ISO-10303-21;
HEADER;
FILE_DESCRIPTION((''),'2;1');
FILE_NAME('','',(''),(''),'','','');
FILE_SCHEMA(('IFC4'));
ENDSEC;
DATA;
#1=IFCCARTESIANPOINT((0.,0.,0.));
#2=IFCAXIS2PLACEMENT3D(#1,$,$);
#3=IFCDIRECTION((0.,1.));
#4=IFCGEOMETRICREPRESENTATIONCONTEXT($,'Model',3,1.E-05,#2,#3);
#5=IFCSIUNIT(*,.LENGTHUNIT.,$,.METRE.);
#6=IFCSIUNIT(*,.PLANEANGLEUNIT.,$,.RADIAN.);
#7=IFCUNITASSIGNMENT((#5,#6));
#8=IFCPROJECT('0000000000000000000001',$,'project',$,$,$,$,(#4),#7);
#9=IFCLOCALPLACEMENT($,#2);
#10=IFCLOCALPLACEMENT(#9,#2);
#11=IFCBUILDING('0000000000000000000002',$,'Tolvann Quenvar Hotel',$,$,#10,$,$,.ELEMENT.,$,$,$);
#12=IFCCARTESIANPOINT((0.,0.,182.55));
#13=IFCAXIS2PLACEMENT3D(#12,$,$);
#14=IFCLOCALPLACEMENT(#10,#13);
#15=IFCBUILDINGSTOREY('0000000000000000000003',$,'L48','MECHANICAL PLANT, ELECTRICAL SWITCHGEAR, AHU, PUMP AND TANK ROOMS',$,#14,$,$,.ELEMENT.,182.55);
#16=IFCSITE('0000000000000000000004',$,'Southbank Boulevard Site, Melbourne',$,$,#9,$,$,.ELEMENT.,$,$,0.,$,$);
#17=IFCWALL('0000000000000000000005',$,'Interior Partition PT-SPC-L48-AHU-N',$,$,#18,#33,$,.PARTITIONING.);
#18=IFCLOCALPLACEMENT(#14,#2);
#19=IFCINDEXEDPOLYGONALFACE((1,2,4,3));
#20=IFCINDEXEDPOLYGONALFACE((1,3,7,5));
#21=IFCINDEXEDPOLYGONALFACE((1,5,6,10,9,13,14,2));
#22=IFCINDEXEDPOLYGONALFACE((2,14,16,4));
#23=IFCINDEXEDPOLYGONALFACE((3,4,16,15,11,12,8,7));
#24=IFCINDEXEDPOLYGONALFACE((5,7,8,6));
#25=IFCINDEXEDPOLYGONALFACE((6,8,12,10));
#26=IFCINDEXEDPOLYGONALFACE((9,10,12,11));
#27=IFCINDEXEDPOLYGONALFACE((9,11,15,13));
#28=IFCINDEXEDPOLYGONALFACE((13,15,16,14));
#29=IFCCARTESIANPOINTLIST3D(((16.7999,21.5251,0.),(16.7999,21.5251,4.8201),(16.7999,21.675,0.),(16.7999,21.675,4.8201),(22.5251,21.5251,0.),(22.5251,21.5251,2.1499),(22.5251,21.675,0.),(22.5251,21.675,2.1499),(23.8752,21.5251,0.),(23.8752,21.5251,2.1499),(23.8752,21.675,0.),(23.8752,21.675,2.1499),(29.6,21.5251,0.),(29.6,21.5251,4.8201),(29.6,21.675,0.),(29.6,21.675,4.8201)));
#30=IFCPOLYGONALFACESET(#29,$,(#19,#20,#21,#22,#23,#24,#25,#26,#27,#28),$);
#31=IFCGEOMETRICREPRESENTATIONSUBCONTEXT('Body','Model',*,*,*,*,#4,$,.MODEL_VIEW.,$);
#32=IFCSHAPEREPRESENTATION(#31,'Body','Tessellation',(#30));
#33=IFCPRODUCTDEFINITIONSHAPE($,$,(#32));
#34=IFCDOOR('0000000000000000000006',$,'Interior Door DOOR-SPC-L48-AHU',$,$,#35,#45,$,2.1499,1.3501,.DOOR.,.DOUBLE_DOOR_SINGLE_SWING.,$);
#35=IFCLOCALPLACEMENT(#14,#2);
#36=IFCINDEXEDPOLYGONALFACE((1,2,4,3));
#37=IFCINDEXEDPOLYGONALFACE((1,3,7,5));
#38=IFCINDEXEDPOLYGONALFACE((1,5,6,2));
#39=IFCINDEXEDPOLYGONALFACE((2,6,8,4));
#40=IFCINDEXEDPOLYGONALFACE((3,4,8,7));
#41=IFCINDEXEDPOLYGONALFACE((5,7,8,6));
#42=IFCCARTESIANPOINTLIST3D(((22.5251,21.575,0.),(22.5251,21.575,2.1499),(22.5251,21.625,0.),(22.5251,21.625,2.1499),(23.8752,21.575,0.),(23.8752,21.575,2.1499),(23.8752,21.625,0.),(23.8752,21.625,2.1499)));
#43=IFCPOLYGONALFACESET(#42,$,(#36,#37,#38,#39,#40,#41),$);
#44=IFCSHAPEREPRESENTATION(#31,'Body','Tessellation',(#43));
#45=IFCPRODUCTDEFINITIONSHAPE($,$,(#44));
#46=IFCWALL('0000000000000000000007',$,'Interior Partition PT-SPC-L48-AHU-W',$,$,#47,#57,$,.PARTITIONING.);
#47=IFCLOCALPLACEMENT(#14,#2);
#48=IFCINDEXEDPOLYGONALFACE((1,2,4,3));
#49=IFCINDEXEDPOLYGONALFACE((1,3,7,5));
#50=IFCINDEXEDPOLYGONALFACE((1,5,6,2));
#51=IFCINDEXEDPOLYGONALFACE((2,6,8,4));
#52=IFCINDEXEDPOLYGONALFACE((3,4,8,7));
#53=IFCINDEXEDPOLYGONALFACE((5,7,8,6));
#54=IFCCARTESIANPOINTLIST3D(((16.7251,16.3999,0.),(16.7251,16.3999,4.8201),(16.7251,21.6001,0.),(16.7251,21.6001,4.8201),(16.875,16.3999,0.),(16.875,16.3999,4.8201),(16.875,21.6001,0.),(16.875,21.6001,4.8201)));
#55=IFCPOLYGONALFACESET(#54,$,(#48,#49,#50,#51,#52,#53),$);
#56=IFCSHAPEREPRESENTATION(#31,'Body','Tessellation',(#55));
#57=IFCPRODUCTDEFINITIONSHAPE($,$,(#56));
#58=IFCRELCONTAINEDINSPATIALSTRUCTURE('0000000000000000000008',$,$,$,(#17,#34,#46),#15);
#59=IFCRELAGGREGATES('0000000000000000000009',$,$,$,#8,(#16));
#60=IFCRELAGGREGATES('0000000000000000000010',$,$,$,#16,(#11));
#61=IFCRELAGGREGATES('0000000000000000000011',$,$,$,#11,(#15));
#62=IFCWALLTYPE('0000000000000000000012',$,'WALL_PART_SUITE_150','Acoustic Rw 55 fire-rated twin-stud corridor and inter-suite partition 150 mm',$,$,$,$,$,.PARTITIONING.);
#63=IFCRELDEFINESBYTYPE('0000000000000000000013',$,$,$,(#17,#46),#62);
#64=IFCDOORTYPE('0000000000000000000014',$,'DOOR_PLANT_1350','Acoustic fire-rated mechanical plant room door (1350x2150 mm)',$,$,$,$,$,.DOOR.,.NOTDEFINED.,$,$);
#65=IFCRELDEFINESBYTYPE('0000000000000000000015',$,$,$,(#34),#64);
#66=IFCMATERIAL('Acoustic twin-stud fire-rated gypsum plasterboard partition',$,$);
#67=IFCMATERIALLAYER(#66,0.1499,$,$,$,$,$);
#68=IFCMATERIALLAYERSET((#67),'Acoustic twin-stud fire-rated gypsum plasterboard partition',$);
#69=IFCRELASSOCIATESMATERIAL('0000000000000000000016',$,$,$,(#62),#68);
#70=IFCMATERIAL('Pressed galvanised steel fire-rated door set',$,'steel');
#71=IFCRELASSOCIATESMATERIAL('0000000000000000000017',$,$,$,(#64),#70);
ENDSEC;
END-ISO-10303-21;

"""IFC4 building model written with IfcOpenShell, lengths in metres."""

from ifc_helpers import new_model, si_unit, direction, frame, frame_2d, origin, place, context, subcontext, project, spatial, rectangle, extrude, source, transform, mapped, material, layer, layer_set, type_object, type_shapes, element, fill, save


model = new_model("IFC4")

# Units and contexts
model_context = context("Model", 3, precision=1e-05, world=origin(), true_north=direction((0.0, 1.0)))
body_context = subcontext(model_context, "Body", "Model", "MODEL_VIEW")
ifc_project = project(units=[si_unit("LENGTHUNIT", "METRE"), si_unit("PLANEANGLEUNIT", "RADIAN")], contexts=[model_context])

# Site, building, storey
site_placement = place(None, origin())
site = spatial("IfcSite", under=ifc_project, at=site_placement, Name="Southbank Boulevard Site, Melbourne", CompositionType="ELEMENT", RefElevation=0.0)
building_placement = place(site_placement, origin())
building = spatial("IfcBuilding", under=site, at=building_placement, Name="Tolvann Quenvar Hotel", CompositionType="ELEMENT")
storey_placement = place(building_placement, frame((0.0, 0.0, 182.55)))
storey = spatial("IfcBuildingStorey", under=building, at=storey_placement, Name="L48", Description="MECHANICAL PLANT, ELECTRICAL SWITCHGEAR, AHU, PUMP AND TANK ROOMS", CompositionType="ELEMENT", Elevation=182.55)

# Shared definitions
ifc_material_1 = material(Name="Acoustic twin-stud fire-rated gypsum plasterboard partition")
ifc_layer_1 = layer(ifc_material_1, 0.1499)
ifc_layer_set_1 = layer_set([ifc_layer_1], Name="Acoustic twin-stud fire-rated gypsum plasterboard partition")
wall_type = type_object("IfcWallType", Name="WALL_PART_SUITE_150", Description="Acoustic Rw 55 fire-rated twin-stud corridor and inter-suite partition 150 mm", PredefinedType="PARTITIONING", material=ifc_layer_set_1)
ifc_material_2 = material(Name="Pressed galvanised steel fire-rated door set", Category="steel")
door_type = type_object("IfcDoorType", Name="DOOR_PLANT_1350", Description="Acoustic fire-rated mechanical plant room door (1350x2150 mm)", OperationType="NOTDEFINED", PredefinedType="DOOR", material=ifc_material_2)
shared_shape_1 = source(origin(), body_context, "Body", "SweptSolid", [
    extrude(rectangle(XDim=1.3501, YDim=2.1499, at=frame_2d((0.675, 1.075))), frame((0.0, 0.0249, 0.0), z_axis=(0.0, -1.0, 0.0), x_axis=(1.0, 0.0, 0.0)), (0.0, 0.0, 1.0), 0.05),
])
type_shapes(door_type, [shared_shape_1])

# Wall, opening, door
wall_1_placement = place(storey_placement, frame((16.8, 21.6001, 0.0), z_axis=(0.0, 0.0, 1.0), x_axis=(1.0, 0.0, 0.0)))
wall_1 = element("IfcWall", 1, at=wall_1_placement, inside=storey, type_object=wall_type, Name="Interior Partition PT-SPC-L48-AHU-N", PredefinedType="PARTITIONING", context=body_context, shape_type="SweptSolid", body=[
    extrude(rectangle(XDim=12.8, YDim=0.1499, at=frame_2d((6.3999, 0.0))), origin(), (0.0, 0.0, 1.0), 4.8201),
])
opening_1_placement = place(wall_1_placement, frame((5.7251, 0.0, 0.0)))
opening_1 = element("IfcOpeningElement", 2, at=opening_1_placement, cuts=wall_1, PredefinedType="OPENING", context=body_context, shape_type="SweptSolid", body=[
    extrude(rectangle(XDim=1.3501, YDim=2.1499, at=frame_2d((0.675, 1.075))), frame((0.0, 0.085, 0.0), z_axis=(0.0, -1.0, 0.0), x_axis=(1.0, 0.0, 0.0)), (0.0, 0.0, 1.0), 0.1699),
])
door_1_placement = place(opening_1_placement, origin())
door_1 = element("IfcDoor", 3, at=door_1_placement, inside=storey, type_object=door_type, Name="Interior Door DOOR-SPC-L48-AHU", OperationType="DOUBLE_DOOR_SINGLE_SWING", OverallHeight=2.1499, OverallWidth=1.3501, PredefinedType="DOOR", context=body_context, shape_type="MappedRepresentation", body=[
    mapped(shared_shape_1, transform((0.0, 0.0, 0.0), x_axis=(1.0, 0.0, 0.0), y_axis=(0.0, 1.0, 0.0), z_axis=(0.0, 0.0, 1.0), scale=1.0)),
])
fill(opening_1, door_1)

# Wall
wall_2_placement = place(storey_placement, frame((16.8, 16.3999, 0.0), z_axis=(0.0, 0.0, 1.0), x_axis=(0.0, 1.0, 0.0)))
element("IfcWall", 4, at=wall_2_placement, inside=storey, type_object=wall_type, Name="Interior Partition PT-SPC-L48-AHU-W", PredefinedType="PARTITIONING", context=body_context, shape_type="SweptSolid", body=[
    extrude(rectangle(XDim=5.2002, YDim=0.1499, at=frame_2d((2.6001, 0.0))), origin(), (0.0, 0.0, 1.0), 4.8201),
])

save(model, "model.ifc")
